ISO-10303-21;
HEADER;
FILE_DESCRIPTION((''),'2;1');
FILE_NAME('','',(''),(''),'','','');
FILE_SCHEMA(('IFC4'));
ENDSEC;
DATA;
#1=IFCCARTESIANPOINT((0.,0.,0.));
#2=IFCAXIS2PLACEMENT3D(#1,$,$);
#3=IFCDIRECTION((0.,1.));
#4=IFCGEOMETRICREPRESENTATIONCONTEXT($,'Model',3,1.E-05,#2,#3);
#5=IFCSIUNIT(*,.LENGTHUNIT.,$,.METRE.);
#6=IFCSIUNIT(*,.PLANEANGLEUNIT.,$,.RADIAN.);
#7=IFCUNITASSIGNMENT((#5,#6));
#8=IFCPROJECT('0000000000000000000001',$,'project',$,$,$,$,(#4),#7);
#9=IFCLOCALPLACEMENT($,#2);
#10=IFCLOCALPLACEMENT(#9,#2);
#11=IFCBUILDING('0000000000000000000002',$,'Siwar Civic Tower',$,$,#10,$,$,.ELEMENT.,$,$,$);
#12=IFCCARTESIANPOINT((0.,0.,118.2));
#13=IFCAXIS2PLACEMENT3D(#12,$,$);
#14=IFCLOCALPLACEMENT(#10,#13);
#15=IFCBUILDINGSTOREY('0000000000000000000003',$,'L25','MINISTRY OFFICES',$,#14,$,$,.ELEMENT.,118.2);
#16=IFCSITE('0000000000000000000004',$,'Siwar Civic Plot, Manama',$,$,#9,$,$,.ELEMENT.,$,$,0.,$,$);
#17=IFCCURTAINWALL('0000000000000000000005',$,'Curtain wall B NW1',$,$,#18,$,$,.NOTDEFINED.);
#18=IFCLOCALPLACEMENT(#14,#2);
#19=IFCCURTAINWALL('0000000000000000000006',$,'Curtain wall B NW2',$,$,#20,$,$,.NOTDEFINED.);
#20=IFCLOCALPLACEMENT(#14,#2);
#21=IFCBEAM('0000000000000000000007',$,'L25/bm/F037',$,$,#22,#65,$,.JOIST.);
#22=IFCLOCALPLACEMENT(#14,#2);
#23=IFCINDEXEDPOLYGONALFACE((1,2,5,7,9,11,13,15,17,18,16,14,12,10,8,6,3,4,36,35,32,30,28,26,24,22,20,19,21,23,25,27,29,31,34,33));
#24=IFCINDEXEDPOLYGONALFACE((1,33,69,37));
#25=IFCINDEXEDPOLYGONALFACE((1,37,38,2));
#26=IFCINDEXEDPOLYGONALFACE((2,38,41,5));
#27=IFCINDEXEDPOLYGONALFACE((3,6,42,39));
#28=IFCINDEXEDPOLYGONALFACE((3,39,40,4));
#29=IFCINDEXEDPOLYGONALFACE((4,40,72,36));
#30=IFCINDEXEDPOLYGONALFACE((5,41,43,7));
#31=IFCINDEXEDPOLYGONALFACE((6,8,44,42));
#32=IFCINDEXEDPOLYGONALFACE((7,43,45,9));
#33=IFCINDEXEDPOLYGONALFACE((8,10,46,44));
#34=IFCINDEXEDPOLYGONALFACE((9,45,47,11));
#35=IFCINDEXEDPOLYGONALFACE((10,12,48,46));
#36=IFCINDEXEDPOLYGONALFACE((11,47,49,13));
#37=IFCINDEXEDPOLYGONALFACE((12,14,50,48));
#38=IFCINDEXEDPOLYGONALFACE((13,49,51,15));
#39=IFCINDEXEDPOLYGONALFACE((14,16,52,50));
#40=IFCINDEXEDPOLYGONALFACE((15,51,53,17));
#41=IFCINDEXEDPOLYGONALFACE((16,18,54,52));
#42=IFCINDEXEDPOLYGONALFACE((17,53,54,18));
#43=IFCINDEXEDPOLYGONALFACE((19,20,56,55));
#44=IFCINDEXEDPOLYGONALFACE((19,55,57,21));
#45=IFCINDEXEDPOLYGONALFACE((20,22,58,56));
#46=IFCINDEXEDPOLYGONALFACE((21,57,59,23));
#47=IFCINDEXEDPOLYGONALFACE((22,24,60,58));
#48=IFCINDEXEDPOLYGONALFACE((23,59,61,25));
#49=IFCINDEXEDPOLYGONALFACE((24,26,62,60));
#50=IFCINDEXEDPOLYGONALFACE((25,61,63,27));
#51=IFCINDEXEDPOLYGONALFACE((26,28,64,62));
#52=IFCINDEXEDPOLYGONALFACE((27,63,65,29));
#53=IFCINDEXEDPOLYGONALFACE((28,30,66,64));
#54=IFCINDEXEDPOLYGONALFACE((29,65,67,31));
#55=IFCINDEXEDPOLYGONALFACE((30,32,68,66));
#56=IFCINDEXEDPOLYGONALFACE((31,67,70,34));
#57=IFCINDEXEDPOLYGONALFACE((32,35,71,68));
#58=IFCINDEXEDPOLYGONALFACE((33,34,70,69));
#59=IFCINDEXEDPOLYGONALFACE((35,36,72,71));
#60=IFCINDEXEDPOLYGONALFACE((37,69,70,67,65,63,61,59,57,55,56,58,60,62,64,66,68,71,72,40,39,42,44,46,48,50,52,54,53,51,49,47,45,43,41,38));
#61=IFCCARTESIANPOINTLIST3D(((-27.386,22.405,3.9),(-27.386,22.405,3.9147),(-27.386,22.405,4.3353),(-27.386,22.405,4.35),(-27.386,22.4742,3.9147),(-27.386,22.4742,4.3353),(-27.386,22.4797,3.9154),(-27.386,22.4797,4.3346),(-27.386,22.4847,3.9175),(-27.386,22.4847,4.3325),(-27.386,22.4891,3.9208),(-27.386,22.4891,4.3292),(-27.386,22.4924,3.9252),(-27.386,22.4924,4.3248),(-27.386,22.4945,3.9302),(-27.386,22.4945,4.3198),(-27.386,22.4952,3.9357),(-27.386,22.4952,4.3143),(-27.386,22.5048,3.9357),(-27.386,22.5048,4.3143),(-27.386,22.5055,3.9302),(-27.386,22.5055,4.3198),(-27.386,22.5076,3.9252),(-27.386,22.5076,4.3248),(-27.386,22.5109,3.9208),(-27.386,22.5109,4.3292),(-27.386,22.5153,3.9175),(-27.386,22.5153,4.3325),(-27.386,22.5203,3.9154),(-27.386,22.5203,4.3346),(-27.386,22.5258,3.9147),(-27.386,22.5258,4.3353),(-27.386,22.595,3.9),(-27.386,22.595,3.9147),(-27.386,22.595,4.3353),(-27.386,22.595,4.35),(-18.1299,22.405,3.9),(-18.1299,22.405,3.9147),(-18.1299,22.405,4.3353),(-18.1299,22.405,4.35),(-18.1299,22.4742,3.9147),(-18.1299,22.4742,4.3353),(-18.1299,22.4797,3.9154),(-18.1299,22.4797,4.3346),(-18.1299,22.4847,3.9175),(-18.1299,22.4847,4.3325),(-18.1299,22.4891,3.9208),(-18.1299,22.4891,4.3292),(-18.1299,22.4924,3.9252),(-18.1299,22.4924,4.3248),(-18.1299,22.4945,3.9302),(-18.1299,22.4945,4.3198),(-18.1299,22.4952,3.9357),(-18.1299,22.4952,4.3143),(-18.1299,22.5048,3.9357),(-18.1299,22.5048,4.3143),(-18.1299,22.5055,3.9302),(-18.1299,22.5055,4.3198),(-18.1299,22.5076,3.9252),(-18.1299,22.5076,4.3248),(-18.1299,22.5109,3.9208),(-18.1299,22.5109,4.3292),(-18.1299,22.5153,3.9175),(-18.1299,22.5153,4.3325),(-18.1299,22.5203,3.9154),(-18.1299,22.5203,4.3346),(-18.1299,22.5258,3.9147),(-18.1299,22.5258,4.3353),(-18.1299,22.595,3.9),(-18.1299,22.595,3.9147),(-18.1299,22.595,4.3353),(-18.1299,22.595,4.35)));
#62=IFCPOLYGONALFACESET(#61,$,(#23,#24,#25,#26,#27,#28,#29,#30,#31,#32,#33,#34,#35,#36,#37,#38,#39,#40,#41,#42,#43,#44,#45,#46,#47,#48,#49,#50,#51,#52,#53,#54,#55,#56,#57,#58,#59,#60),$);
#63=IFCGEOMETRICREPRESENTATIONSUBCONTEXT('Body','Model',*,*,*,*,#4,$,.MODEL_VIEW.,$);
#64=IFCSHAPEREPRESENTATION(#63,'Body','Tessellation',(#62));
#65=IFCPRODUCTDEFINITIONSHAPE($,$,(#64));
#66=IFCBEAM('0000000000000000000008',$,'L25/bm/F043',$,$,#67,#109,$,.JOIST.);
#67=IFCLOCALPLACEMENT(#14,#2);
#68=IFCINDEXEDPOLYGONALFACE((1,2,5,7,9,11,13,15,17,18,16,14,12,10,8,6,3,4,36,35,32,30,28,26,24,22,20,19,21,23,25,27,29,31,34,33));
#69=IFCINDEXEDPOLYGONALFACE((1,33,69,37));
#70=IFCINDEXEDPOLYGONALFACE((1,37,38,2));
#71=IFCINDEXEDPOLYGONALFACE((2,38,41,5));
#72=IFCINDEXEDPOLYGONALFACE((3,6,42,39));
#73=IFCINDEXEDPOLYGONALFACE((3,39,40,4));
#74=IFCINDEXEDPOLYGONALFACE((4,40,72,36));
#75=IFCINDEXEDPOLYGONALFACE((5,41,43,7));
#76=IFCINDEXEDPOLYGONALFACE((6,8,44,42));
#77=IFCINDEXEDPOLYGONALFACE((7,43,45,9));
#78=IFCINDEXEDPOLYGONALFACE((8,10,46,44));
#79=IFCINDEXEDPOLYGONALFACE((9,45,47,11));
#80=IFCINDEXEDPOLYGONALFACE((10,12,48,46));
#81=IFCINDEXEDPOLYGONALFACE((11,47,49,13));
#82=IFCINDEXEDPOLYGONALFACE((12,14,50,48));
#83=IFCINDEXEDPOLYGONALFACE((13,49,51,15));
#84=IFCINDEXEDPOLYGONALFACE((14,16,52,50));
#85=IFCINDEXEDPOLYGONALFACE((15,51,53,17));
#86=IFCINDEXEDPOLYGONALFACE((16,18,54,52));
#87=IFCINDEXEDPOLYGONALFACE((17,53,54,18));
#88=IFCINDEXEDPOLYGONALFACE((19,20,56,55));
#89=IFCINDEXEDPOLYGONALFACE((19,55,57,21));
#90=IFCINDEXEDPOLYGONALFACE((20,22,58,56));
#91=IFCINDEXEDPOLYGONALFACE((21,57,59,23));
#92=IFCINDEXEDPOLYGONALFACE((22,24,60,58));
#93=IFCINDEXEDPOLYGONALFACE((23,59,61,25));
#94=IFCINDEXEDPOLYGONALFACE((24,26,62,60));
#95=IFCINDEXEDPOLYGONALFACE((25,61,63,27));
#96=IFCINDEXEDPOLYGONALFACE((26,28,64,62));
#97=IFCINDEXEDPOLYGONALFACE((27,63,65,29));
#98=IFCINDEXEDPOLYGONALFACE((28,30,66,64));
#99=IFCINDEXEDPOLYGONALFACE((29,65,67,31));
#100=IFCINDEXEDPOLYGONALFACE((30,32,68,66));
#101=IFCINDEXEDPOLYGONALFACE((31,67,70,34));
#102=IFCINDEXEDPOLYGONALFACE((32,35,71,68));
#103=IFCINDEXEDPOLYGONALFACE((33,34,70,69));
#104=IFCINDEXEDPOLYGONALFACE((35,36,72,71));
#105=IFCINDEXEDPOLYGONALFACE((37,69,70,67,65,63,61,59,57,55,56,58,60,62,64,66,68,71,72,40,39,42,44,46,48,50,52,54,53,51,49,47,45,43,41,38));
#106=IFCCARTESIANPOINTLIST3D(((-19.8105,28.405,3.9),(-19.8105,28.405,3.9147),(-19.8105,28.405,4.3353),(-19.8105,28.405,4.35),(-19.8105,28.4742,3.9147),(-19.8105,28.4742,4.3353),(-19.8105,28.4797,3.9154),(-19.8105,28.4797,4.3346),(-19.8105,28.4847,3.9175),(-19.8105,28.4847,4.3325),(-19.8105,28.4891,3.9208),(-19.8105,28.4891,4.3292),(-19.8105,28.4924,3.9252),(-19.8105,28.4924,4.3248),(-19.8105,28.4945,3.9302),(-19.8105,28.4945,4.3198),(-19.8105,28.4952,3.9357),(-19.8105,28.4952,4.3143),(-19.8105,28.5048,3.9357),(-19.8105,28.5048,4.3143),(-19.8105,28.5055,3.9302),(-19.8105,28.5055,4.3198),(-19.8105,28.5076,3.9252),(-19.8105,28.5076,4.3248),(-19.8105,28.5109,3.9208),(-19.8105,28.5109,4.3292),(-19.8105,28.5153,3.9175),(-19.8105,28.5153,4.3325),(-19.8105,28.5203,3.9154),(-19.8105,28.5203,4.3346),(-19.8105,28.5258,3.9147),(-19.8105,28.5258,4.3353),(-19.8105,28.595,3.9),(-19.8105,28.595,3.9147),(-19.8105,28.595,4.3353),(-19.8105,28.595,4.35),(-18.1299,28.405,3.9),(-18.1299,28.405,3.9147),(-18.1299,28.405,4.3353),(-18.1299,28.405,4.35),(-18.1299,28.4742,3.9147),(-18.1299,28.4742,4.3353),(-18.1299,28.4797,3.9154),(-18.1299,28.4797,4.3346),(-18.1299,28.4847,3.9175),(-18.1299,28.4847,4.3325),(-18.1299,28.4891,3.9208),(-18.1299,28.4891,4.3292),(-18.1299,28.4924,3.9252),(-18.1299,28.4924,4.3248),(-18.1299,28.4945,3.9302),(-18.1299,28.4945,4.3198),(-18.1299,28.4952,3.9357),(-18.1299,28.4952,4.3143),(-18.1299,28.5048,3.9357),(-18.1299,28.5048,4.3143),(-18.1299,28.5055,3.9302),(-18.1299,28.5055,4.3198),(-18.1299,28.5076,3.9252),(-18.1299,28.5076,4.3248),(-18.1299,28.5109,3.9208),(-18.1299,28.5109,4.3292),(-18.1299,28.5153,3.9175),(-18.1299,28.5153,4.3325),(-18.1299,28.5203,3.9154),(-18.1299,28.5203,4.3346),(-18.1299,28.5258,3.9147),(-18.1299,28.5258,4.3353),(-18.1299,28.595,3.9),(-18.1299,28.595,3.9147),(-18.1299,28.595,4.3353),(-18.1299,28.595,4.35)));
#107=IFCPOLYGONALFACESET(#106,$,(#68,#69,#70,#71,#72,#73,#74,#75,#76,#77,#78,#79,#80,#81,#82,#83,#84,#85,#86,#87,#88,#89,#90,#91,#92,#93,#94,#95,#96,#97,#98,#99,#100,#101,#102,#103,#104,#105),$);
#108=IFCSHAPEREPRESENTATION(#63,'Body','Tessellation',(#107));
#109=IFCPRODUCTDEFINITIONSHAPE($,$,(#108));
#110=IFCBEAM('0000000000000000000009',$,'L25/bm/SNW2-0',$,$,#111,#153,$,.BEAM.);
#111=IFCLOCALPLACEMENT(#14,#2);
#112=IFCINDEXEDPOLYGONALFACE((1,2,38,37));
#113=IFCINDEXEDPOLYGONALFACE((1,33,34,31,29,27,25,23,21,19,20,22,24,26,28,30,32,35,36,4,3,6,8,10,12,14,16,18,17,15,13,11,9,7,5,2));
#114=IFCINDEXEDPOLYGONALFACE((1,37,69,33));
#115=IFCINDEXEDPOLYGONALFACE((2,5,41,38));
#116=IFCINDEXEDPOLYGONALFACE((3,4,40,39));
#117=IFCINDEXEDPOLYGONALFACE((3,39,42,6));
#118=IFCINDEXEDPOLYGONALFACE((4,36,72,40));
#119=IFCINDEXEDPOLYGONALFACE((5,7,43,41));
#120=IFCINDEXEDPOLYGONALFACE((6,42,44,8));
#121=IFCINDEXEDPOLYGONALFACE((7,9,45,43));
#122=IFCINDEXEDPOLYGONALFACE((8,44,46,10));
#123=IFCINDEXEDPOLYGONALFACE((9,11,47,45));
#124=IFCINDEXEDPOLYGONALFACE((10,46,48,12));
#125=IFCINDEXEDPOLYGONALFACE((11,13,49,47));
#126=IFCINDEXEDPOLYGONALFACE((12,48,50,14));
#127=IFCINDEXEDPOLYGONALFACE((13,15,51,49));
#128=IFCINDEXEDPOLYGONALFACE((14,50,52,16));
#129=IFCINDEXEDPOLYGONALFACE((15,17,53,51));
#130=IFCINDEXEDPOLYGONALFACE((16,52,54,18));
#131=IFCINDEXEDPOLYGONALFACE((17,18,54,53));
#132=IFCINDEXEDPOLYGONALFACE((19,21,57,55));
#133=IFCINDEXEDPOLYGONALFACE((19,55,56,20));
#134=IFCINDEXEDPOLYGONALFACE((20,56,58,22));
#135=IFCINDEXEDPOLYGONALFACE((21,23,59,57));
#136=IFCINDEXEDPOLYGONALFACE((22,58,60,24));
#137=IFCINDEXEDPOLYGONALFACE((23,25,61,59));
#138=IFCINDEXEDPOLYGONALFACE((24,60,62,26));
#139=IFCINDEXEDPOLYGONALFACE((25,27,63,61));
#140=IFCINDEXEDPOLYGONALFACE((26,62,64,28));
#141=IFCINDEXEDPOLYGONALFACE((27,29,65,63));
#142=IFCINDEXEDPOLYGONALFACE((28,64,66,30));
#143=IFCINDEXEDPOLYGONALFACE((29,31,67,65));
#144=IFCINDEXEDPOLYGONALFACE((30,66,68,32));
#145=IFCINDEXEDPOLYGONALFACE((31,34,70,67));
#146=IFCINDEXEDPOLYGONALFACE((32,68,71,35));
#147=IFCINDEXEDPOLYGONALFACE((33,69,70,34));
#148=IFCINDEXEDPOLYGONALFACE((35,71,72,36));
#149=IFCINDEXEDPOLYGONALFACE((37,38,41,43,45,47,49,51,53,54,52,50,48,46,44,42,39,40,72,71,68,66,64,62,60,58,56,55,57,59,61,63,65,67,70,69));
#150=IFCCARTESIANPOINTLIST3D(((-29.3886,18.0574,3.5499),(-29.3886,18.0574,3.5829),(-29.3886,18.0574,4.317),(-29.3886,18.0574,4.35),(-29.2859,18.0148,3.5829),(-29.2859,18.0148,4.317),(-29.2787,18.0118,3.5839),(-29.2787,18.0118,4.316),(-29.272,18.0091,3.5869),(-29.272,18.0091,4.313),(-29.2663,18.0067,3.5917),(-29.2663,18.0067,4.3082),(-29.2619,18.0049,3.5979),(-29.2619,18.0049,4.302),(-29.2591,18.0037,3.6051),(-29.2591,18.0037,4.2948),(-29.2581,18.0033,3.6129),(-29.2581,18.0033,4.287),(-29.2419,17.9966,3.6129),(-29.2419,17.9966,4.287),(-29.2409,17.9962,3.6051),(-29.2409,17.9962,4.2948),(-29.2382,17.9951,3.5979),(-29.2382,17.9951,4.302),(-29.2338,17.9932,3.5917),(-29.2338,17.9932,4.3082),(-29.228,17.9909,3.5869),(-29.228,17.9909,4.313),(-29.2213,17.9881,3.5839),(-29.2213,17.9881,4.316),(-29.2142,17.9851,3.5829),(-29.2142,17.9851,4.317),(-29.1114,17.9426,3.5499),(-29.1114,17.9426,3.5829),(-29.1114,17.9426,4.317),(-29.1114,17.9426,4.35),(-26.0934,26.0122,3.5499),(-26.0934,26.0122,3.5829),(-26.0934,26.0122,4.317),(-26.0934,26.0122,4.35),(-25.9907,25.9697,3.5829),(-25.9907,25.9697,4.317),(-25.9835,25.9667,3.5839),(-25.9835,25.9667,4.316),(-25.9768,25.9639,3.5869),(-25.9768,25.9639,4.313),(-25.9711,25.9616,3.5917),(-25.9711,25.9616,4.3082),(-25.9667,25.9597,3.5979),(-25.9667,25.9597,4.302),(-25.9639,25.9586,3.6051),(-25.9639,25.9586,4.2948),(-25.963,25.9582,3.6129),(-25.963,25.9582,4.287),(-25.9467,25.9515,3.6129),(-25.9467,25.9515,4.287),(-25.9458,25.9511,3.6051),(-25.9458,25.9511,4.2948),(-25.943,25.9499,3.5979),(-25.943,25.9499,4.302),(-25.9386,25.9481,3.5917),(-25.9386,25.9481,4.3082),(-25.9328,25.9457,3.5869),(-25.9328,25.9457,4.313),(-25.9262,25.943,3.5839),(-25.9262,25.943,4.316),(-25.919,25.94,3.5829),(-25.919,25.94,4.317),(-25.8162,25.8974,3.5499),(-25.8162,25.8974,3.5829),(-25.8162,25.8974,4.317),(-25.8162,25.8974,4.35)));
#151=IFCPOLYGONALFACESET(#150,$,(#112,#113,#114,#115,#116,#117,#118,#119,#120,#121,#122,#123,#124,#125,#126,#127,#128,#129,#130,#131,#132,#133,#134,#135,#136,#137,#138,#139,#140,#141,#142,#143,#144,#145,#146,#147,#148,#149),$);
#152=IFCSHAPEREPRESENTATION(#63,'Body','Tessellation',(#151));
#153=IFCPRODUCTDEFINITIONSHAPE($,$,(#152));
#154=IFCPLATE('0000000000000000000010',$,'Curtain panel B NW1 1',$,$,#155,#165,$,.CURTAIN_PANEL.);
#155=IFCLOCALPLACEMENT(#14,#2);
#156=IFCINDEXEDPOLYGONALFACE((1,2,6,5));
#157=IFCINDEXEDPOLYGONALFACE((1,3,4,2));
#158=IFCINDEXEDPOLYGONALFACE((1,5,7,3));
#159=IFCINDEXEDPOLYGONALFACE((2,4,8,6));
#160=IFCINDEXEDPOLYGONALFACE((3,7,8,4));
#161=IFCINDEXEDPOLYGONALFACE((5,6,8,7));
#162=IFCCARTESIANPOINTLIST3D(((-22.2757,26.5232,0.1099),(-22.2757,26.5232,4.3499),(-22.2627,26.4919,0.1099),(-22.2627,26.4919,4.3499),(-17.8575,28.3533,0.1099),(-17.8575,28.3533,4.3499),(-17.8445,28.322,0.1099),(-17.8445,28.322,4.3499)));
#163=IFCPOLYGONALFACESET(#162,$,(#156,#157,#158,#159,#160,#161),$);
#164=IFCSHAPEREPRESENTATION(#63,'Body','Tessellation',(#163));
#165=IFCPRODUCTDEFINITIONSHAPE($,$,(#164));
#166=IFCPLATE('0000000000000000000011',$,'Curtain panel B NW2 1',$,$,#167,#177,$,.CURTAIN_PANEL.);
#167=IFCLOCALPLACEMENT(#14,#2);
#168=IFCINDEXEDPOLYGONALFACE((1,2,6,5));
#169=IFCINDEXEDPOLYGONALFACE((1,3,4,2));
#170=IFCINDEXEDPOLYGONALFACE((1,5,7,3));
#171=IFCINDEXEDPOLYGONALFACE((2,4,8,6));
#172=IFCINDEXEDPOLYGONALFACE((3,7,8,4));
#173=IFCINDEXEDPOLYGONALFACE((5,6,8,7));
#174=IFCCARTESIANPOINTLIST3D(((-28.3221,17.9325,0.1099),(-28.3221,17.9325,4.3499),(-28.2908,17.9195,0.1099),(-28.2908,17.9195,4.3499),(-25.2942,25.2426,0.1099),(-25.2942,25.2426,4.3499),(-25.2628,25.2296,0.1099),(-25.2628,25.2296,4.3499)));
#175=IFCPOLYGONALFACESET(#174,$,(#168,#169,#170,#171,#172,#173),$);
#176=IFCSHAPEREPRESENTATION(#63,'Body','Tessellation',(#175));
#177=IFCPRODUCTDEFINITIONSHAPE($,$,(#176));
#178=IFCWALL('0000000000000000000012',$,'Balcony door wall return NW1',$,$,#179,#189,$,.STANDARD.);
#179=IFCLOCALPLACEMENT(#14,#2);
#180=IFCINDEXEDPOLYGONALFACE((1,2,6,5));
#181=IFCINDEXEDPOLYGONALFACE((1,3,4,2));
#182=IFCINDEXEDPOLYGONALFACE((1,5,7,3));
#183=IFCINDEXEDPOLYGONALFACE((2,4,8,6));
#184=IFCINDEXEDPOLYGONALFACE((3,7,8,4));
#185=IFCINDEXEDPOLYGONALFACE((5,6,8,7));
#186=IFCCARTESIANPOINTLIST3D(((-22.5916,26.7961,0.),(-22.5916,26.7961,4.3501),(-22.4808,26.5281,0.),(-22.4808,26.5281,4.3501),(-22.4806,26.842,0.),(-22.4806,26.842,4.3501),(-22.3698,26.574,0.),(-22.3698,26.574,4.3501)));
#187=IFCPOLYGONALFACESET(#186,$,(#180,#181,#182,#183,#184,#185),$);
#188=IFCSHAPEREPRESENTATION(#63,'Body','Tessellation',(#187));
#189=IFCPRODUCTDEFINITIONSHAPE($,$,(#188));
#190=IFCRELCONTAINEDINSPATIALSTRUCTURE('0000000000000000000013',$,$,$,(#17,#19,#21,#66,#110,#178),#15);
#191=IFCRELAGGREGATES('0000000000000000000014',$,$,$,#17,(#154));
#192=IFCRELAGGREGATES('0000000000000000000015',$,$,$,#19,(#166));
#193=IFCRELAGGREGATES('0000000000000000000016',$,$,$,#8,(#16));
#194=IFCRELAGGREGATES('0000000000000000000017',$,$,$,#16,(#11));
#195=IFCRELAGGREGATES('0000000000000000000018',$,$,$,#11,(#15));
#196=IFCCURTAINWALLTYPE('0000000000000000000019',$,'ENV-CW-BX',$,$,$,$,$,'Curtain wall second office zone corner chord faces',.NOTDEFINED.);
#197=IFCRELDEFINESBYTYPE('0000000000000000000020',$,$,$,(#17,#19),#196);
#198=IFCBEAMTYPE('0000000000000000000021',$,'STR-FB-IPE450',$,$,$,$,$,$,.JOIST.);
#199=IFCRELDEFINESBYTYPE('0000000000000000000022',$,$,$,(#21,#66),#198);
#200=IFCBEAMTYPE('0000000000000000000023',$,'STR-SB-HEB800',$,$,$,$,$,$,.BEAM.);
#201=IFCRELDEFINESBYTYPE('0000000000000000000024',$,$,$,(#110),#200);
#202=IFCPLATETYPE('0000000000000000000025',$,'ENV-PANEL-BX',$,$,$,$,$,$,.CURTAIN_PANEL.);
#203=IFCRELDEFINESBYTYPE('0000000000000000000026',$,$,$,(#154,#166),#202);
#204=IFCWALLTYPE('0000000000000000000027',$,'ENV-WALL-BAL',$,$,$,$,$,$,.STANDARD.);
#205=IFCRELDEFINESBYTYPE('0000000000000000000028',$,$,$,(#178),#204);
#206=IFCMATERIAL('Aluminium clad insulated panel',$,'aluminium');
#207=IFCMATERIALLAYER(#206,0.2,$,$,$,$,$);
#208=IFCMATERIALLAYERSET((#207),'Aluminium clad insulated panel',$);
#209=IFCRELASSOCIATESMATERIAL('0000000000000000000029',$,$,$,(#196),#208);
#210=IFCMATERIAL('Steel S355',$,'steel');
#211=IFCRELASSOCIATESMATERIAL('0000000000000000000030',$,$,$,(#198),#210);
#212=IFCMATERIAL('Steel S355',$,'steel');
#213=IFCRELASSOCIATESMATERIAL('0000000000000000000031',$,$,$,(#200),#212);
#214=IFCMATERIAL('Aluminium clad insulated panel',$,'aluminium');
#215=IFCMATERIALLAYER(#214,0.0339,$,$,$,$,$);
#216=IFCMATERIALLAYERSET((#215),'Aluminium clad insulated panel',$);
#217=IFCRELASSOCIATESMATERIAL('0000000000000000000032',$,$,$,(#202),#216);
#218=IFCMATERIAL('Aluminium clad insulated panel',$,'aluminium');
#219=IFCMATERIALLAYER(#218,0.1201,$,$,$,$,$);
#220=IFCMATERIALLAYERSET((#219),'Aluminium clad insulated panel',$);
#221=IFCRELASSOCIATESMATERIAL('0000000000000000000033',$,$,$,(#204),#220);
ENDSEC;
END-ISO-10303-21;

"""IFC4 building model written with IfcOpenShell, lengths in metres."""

from ifc_helpers import new_model, si_unit, direction, frame, frame_2d, origin, origin_2d, place, context, subcontext, project, spatial, rectangle, i_section, extrude, material, layer, layer_set, material_profile, profile_set, type_object, element, aggregate, save


model = new_model("IFC4")

# Units and contexts
model_context = context("Model", 3, precision=1e-05, world=origin(), true_north=direction((0.0, 1.0)))
body_context = subcontext(model_context, "Body", "Model", "MODEL_VIEW")
ifc_project = project(units=[si_unit("LENGTHUNIT", "METRE"), si_unit("PLANEANGLEUNIT", "RADIAN")], contexts=[model_context])

# Site, building, storey
site_placement = place(None, origin())
site = spatial("IfcSite", under=ifc_project, at=site_placement, Name="Siwar Civic Plot, Manama", CompositionType="ELEMENT", RefElevation=0.0)
building_placement = place(site_placement, origin())
building = spatial("IfcBuilding", under=site, at=building_placement, Name="Siwar Civic Tower", CompositionType="ELEMENT")
storey_placement = place(building_placement, frame((0.0, 0.0, 118.2)))
storey = spatial("IfcBuildingStorey", under=building, at=storey_placement, Name="L25", Description="MINISTRY OFFICES", CompositionType="ELEMENT", Elevation=118.2)

# Curtain wall
ifc_material_1 = material(Name="Aluminium clad insulated panel", Category="aluminium")
ifc_layer_1 = layer(ifc_material_1, 0.2)
ifc_layer_set_1 = layer_set([ifc_layer_1], Name="Aluminium clad insulated panel")
curtain_wall_type = type_object("IfcCurtainWallType", Name="ENV-CW-BX", ElementType="Curtain wall second office zone corner chord faces", PredefinedType="NOTDEFINED", material=ifc_layer_set_1)
curtain_wall_1_placement = place(storey_placement, origin())
curtain_wall_1 = element("IfcCurtainWall", 1, at=curtain_wall_1_placement, inside=storey, type_object=curtain_wall_type, Name="Curtain wall B NW1", PredefinedType="NOTDEFINED")

# Curtain wall
curtain_wall_2_placement = place(storey_placement, origin())
curtain_wall_2 = element("IfcCurtainWall", 2, at=curtain_wall_2_placement, inside=storey, type_object=curtain_wall_type, Name="Curtain wall B NW2", PredefinedType="NOTDEFINED")

# Beams
ifc_material_2 = material(Name="Steel S355", Category="steel")
ifc_material_profile_1 = material_profile(ifc_material_2, i_section(OverallWidth=0.1899, OverallDepth=0.45, WebThickness=0.0095, FlangeThickness=0.0146, FilletRadius=0.021, at=origin_2d()), Name="IPE450")
ifc_profile_set_1 = profile_set([ifc_material_profile_1], Name="Steel S355")
beam_type_1 = type_object("IfcBeamType", Name="STR-FB-IPE450", PredefinedType="JOIST", material=ifc_profile_set_1)
beam_1_placement = place(storey_placement, frame((-27.386, 22.5, 4.125), z_axis=(1.0, 0.0, 0.0), x_axis=(0.0, 1.0, 0.0)))
element("IfcBeam", 3, at=beam_1_placement, inside=storey, type_object=beam_type_1, Name="L25/bm/F037", PredefinedType="JOIST", context=body_context, shape_type="SweptSolid", body=[
    extrude(i_section(OverallWidth=0.1899, OverallDepth=0.45, WebThickness=0.0095, FlangeThickness=0.0146, FilletRadius=0.021, at=origin_2d()), origin(), (0.0, 0.0, 1.0), 9.2561),
])
beam_2_placement = place(storey_placement, frame((-19.8105, 28.5, 4.125), z_axis=(1.0, 0.0, 0.0), x_axis=(0.0, 1.0, 0.0)))
element("IfcBeam", 4, at=beam_2_placement, inside=storey, type_object=beam_type_1, Name="L25/bm/F043", PredefinedType="JOIST", context=body_context, shape_type="SweptSolid", body=[
    extrude(i_section(OverallWidth=0.1899, OverallDepth=0.45, WebThickness=0.0095, FlangeThickness=0.0146, FilletRadius=0.021, at=origin_2d()), origin(), (0.0, 0.0, 1.0), 1.6807),
])
ifc_material_3 = material(Name="Steel S355", Category="steel")
ifc_material_profile_2 = material_profile(ifc_material_3, i_section(OverallWidth=0.3, OverallDepth=0.8, WebThickness=0.0176, FlangeThickness=0.033, FilletRadius=0.03, at=origin_2d()), Name="HEB800")
ifc_profile_set_2 = profile_set([ifc_material_profile_2], Name="Steel S355")
beam_type_2 = type_object("IfcBeamType", Name="STR-SB-HEB800", PredefinedType="BEAM", material=ifc_profile_set_2)
beam_3_placement = place(storey_placement, frame((-25.9548, 25.9548, 3.95), z_axis=(-0.3827, -0.923873, 0.0), x_axis=(0.923873, -0.3827, 0.0)))
element("IfcBeam", 5, at=beam_3_placement, inside=storey, type_object=beam_type_2, Name="L25/bm/SNW2-0", PredefinedType="BEAM", context=body_context, shape_type="SweptSolid", body=[
    extrude(i_section(OverallWidth=0.3, OverallDepth=0.8, WebThickness=0.0176, FlangeThickness=0.033, FilletRadius=0.03, at=origin_2d()), origin(), (0.0, 0.0, 1.0), 8.6104),
])

# Plates
ifc_material_4 = material(Name="Aluminium clad insulated panel", Category="aluminium")
ifc_layer_2 = layer(ifc_material_4, 0.0339)
ifc_layer_set_2 = layer_set([ifc_layer_2], Name="Aluminium clad insulated panel")
plate_type = type_object("IfcPlateType", Name="ENV-PANEL-BX", PredefinedType="CURTAIN_PANEL", material=ifc_layer_set_2)
plate_1_placement = place(storey_placement, frame((-20.0601, 27.4226, 0.1099), z_axis=(0.0, 0.0, 1.0), x_axis=(-0.92388, -0.382683, 0.0)))
plate_1 = element("IfcPlate", 6, at=plate_1_placement, type_object=plate_type, Name="Curtain panel B NW1 1", PredefinedType="CURTAIN_PANEL", context=body_context, shape_type="SweptSolid", body=[
    extrude(rectangle(XDim=4.7822, YDim=0.0339, at=origin_2d()), origin(), (0.0, 0.0, 1.0), 4.24),
])
aggregate(curtain_wall_1, [plate_1])
plate_2_placement = place(storey_placement, frame((-26.7925, 21.5811, 0.1099), z_axis=(0.0, 0.0, 1.0), x_axis=(-0.382683, -0.92388, 0.0)))
plate_2 = element("IfcPlate", 7, at=plate_2_placement, type_object=plate_type, Name="Curtain panel B NW2 1", PredefinedType="CURTAIN_PANEL", context=body_context, shape_type="SweptSolid", body=[
    extrude(rectangle(XDim=7.9124, YDim=0.0339, at=origin_2d()), origin(), (0.0, 0.0, 1.0), 4.24),
])
aggregate(curtain_wall_2, [plate_2])

# Wall
ifc_material_5 = material(Name="Aluminium clad insulated panel", Category="aluminium")
ifc_layer_3 = layer(ifc_material_5, 0.1201)
ifc_layer_set_3 = layer_set([ifc_layer_3], Name="Aluminium clad insulated panel")
wall_type = type_object("IfcWallType", Name="ENV-WALL-BAL", PredefinedType="STANDARD", material=ifc_layer_set_3)
for number, where, z_axis, x_axis, name in (
    (8, (-22.4253, 26.551, 0.0), (0.0, 0.0, 1.0), (-0.382104, 0.924119, 0.0), "Balcony door wall return NW1"),
):
    element("IfcWall", number, at=place(storey_placement, frame(where, z_axis=z_axis, x_axis=x_axis)), inside=storey, type_object=wall_type, Name=name, PredefinedType="STANDARD", context=body_context, shape_type="SweptSolid", body=[
        extrude(rectangle(XDim=0.29, YDim=0.1201, at=frame_2d((0.145, 0.0))), origin(), (0.0, 0.0, 1.0), 4.3501),
    ])

save(model, "model.ifc")
